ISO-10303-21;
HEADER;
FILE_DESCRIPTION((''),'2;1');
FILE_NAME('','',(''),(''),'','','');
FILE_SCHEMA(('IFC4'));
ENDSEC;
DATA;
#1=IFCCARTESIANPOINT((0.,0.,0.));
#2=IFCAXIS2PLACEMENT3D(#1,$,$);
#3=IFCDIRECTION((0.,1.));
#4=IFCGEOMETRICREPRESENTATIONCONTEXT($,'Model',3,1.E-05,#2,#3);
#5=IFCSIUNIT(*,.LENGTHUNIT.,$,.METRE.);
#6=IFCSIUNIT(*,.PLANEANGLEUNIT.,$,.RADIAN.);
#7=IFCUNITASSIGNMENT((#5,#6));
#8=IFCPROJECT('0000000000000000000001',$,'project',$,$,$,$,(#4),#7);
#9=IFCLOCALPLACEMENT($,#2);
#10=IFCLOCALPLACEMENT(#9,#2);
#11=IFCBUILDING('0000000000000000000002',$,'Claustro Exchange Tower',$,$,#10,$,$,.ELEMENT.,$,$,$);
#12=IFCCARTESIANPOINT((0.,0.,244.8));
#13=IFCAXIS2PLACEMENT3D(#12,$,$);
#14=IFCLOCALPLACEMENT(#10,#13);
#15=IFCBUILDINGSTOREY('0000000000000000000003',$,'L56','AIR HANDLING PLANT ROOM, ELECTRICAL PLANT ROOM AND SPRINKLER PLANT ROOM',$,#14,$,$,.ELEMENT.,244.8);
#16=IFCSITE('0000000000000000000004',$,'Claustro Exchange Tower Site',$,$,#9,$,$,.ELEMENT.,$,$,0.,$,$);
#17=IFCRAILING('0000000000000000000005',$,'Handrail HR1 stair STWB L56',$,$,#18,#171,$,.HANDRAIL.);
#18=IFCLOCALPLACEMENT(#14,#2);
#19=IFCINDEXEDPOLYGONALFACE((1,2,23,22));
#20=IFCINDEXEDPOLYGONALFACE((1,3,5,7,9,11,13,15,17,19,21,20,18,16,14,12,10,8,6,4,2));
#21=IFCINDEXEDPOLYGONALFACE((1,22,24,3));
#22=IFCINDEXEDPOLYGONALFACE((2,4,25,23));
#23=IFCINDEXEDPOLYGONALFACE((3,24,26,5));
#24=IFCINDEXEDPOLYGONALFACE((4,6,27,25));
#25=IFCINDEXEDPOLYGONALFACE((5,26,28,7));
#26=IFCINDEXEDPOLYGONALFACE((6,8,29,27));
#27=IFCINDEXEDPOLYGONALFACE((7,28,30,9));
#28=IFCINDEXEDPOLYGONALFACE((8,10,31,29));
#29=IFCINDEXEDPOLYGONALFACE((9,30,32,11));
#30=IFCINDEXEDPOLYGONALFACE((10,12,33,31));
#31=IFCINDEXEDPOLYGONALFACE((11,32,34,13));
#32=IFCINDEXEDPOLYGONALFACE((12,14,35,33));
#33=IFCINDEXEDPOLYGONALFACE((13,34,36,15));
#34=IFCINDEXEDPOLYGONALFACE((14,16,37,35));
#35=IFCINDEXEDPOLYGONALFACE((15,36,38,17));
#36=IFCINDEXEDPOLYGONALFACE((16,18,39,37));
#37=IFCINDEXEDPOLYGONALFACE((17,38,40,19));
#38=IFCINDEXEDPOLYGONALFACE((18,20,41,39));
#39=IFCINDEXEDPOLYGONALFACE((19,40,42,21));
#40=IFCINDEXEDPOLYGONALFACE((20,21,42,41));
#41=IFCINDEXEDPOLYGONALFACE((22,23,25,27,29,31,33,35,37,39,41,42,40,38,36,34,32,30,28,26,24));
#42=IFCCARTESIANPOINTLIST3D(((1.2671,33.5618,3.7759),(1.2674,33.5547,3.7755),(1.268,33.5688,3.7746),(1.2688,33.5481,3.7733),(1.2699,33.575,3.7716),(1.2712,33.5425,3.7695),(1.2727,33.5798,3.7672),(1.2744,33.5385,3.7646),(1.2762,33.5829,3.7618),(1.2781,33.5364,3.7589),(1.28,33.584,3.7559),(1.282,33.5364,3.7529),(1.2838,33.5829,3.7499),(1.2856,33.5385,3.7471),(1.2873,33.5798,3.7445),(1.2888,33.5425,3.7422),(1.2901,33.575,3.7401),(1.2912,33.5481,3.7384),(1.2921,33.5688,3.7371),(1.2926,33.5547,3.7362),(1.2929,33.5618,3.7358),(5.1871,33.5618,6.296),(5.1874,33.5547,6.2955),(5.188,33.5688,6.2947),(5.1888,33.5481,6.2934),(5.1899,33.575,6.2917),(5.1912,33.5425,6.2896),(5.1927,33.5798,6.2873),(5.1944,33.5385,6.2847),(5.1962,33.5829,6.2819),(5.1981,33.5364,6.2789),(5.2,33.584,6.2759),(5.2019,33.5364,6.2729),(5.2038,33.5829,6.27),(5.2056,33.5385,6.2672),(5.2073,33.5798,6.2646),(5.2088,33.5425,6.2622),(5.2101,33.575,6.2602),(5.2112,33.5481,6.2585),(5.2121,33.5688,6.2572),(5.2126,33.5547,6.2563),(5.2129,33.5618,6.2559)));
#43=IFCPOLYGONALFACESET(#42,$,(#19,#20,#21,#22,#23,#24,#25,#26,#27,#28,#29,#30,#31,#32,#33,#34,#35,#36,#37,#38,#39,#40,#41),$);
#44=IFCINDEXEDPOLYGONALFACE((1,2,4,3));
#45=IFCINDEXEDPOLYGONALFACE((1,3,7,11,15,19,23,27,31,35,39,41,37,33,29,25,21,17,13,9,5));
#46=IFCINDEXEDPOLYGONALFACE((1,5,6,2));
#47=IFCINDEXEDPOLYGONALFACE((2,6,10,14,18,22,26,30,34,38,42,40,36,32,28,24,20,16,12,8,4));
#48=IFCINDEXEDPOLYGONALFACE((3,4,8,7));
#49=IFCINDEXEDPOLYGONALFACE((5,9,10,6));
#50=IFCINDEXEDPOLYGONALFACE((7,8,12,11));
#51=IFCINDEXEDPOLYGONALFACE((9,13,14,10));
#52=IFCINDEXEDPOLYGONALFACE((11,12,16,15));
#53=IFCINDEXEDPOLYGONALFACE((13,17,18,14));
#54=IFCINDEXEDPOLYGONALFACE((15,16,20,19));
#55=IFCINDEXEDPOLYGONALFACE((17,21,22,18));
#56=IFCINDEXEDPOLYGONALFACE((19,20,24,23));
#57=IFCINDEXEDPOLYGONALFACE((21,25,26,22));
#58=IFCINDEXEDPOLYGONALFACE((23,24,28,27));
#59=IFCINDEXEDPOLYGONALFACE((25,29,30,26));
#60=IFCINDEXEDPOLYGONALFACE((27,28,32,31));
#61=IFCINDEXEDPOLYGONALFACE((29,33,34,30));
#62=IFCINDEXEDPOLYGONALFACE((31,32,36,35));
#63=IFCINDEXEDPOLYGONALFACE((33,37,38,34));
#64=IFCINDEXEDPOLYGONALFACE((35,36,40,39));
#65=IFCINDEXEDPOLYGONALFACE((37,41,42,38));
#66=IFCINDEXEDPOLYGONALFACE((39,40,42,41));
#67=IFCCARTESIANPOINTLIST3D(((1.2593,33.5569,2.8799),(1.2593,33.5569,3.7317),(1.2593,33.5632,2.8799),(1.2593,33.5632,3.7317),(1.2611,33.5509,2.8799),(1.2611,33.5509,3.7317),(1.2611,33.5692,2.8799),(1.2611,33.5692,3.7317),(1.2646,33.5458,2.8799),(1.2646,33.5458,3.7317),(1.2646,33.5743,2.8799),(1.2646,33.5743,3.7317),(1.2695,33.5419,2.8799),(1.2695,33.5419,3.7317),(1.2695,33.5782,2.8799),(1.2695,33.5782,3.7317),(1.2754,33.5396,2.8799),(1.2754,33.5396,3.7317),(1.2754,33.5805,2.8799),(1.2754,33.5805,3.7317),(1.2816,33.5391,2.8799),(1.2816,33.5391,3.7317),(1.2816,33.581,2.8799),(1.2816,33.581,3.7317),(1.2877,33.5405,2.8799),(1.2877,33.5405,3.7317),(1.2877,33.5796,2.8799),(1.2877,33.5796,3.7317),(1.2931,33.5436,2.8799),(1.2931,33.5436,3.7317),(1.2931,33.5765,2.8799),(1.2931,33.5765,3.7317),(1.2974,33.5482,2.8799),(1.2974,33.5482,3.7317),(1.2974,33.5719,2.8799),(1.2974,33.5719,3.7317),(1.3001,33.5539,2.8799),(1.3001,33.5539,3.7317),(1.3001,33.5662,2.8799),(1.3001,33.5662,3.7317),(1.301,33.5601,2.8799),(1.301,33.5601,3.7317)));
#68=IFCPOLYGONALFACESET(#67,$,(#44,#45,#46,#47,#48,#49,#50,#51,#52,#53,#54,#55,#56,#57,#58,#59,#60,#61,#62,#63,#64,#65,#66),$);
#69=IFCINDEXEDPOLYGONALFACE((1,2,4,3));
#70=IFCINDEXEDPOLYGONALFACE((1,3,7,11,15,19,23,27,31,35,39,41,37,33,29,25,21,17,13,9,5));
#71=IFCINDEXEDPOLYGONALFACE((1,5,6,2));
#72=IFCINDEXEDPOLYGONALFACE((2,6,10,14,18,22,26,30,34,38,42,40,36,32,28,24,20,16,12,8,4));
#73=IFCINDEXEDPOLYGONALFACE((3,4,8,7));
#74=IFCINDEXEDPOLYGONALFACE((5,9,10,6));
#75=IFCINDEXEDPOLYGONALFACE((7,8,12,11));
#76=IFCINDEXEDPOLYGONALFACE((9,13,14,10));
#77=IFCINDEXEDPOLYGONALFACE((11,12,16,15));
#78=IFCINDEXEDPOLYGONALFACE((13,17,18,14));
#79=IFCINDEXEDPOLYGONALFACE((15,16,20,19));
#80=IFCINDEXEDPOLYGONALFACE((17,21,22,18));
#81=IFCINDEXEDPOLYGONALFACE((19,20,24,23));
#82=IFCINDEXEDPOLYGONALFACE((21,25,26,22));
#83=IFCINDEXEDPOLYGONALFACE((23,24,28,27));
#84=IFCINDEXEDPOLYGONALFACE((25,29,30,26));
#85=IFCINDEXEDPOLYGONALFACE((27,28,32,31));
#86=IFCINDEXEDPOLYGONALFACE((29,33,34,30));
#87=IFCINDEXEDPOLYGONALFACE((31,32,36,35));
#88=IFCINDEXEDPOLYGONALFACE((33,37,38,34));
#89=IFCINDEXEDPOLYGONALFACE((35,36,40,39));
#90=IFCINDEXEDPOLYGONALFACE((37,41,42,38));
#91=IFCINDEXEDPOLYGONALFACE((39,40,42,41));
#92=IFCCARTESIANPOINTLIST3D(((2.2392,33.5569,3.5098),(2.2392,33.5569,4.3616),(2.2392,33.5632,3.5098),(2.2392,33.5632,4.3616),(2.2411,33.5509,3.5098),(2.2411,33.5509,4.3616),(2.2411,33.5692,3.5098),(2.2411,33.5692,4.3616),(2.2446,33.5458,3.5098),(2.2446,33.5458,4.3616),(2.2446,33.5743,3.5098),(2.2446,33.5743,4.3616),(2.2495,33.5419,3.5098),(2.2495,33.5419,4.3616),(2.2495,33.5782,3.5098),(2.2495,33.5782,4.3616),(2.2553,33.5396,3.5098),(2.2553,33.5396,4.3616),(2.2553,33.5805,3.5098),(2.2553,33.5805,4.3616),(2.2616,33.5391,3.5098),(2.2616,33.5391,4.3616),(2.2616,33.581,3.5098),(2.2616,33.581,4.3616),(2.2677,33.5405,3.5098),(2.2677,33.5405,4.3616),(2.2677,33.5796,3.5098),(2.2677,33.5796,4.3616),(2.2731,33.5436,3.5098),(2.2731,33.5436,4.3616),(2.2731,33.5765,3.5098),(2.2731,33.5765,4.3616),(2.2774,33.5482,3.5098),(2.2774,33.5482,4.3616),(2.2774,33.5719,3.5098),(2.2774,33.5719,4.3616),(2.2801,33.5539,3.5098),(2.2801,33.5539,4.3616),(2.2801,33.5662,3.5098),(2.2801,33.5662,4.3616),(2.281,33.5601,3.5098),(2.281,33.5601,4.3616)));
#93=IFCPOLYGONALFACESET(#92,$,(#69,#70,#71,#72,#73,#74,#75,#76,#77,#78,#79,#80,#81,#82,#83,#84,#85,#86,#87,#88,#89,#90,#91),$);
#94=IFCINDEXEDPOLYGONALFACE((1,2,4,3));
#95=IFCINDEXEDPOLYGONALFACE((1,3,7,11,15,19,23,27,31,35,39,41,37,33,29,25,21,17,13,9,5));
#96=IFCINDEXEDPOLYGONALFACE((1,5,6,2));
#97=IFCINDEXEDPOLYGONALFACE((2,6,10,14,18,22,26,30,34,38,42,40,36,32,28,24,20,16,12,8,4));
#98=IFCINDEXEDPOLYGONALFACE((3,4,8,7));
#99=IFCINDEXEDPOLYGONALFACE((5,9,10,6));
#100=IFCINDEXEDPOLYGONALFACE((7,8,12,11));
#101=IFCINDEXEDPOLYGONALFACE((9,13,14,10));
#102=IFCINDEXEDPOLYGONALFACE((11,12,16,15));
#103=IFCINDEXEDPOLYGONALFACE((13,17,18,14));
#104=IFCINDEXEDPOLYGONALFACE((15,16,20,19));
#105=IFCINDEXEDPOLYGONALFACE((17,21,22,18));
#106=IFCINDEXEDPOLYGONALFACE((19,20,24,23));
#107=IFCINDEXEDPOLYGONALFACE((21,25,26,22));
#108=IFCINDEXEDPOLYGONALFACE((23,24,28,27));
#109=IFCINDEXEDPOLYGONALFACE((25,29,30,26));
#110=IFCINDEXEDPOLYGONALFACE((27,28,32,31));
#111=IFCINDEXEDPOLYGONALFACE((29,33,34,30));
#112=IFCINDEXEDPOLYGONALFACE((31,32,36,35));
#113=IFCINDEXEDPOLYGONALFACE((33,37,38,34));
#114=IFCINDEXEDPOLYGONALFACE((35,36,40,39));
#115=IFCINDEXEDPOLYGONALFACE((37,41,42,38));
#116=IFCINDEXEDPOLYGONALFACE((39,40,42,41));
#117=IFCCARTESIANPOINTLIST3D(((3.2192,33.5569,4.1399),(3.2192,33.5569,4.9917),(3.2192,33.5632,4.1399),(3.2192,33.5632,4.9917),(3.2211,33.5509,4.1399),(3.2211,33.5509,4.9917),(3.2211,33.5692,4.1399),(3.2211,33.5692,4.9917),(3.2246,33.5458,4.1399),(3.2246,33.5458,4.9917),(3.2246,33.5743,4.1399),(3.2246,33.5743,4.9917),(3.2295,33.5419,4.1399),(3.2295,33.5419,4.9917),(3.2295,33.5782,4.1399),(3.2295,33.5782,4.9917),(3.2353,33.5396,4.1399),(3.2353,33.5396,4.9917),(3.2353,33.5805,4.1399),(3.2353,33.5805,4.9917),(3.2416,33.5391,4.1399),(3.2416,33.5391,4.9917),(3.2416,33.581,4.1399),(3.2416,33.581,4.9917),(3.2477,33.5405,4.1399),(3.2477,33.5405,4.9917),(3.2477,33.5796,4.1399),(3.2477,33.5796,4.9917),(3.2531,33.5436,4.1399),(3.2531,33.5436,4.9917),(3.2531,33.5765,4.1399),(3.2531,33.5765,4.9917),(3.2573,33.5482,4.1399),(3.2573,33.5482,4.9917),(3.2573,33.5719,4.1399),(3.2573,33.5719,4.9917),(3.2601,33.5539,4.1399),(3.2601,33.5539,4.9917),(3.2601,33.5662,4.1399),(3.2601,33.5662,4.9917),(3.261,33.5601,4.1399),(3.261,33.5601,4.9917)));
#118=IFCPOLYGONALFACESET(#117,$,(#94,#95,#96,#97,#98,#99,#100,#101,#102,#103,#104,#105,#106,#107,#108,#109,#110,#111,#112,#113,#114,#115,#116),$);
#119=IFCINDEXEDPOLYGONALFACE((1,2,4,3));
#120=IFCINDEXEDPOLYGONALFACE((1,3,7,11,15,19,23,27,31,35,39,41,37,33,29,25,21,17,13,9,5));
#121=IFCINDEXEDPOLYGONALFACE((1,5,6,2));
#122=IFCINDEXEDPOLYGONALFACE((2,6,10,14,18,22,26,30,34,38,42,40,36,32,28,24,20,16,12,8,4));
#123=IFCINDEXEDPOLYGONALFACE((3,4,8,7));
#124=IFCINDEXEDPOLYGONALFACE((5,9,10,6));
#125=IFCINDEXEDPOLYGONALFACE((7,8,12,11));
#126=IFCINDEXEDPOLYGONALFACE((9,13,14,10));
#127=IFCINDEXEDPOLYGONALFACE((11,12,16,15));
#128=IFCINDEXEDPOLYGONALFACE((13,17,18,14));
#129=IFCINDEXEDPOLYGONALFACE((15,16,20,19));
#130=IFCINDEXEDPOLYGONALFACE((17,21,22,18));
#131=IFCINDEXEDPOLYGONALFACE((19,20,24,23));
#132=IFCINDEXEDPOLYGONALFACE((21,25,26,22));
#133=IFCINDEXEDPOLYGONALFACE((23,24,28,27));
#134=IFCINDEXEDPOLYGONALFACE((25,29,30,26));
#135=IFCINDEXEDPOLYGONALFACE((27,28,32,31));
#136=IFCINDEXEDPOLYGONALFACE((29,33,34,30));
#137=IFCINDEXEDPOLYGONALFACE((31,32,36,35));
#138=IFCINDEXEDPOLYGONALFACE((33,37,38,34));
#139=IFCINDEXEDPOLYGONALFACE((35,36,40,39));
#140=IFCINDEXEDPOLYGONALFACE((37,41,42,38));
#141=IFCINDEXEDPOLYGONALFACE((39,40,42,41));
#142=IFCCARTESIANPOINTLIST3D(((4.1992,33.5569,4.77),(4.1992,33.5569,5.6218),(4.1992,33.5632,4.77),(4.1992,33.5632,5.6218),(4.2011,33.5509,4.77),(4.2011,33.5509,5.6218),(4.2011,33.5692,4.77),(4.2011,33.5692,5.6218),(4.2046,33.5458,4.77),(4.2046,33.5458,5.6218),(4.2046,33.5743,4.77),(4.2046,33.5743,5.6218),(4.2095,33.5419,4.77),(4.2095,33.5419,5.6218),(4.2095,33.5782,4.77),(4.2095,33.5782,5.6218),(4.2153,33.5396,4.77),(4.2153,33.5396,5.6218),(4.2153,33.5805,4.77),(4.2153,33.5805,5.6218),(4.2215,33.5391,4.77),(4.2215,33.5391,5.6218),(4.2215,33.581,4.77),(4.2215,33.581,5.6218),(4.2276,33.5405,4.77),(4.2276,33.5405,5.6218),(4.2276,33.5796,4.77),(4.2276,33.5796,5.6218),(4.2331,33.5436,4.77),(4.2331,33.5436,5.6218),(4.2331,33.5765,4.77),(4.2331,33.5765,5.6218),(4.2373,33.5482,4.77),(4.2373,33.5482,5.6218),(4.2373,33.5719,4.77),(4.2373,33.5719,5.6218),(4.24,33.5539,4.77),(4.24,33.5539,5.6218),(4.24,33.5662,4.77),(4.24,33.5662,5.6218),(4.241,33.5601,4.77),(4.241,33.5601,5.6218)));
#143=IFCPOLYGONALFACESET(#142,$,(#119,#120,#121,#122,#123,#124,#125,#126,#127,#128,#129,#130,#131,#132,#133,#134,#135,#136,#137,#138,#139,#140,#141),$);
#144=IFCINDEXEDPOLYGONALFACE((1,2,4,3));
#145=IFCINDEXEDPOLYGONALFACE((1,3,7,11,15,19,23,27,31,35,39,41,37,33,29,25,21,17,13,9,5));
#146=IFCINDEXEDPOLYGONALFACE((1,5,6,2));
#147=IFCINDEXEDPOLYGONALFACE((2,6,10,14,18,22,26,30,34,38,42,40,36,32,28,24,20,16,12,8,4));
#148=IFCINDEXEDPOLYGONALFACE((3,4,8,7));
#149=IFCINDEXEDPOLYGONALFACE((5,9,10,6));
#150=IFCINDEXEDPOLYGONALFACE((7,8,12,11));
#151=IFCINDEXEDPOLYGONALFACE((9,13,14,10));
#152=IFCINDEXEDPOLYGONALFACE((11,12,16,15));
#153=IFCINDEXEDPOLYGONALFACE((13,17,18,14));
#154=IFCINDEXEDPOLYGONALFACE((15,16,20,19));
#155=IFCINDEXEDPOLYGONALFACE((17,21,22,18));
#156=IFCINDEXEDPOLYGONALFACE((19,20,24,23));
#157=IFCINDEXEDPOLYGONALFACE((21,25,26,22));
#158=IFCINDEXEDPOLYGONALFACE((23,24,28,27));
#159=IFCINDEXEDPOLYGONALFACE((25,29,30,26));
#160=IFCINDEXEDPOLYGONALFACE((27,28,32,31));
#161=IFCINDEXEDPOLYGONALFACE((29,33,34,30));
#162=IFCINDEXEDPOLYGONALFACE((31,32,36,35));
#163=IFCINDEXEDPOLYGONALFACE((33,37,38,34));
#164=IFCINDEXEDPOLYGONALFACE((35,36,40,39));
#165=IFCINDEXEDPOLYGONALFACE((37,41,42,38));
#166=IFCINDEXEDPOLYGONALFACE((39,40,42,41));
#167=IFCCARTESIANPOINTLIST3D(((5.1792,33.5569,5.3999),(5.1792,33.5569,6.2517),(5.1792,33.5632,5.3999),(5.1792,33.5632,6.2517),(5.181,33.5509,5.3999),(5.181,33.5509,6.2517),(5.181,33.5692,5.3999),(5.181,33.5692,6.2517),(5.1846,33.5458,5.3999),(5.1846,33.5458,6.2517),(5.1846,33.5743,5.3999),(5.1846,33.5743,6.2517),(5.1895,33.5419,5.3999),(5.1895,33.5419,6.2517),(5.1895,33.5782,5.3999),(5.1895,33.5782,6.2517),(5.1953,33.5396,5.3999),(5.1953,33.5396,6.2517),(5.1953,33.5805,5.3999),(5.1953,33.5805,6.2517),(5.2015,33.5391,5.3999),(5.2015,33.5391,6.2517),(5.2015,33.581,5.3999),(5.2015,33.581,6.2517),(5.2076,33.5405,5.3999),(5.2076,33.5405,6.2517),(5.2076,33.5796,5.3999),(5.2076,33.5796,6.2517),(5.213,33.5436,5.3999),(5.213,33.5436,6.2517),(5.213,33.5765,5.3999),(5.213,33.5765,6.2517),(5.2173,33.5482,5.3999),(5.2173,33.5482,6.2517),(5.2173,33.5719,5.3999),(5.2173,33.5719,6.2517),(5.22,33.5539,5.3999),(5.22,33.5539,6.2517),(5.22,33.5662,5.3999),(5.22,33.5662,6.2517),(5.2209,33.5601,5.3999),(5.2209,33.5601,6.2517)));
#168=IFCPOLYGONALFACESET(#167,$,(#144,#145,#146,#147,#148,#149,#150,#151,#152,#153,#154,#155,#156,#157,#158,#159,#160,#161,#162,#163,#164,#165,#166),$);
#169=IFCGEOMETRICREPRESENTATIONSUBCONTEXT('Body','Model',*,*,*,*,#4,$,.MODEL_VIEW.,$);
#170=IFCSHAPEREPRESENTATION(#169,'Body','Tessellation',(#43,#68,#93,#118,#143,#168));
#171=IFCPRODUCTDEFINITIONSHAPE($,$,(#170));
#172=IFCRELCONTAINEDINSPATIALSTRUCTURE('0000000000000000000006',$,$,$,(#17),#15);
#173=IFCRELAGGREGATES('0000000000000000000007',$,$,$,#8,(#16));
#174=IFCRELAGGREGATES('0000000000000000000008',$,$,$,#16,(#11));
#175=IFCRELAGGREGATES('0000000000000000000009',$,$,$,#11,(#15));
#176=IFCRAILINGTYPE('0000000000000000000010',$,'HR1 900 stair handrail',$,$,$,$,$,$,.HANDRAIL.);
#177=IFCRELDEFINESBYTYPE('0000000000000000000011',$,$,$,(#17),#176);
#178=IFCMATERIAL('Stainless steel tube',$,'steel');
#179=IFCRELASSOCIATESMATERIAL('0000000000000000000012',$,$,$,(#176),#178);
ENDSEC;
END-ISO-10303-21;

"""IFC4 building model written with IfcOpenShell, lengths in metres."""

from ifc_helpers import new_model, si_unit, direction, frame, origin, origin_2d, place, context, subcontext, project, spatial, circle, extrude, material, type_object, element, save


model = new_model("IFC4")

# Units and contexts
model_context = context("Model", 3, precision=1e-05, world=origin(), true_north=direction((0.0, 1.0)))
body_context = subcontext(model_context, "Body", "Model", "MODEL_VIEW")
ifc_project = project(units=[si_unit("LENGTHUNIT", "METRE"), si_unit("PLANEANGLEUNIT", "RADIAN")], contexts=[model_context])

# Site, building, storey
site_placement = place(None, origin())
site = spatial("IfcSite", under=ifc_project, at=site_placement, Name="Claustro Exchange Tower Site", CompositionType="ELEMENT", RefElevation=0.0)
building_placement = place(site_placement, origin())
building = spatial("IfcBuilding", under=site, at=building_placement, Name="Claustro Exchange Tower", CompositionType="ELEMENT")
storey_placement = place(building_placement, frame((0.0, 0.0, 244.8)))
storey = spatial("IfcBuildingStorey", under=building, at=storey_placement, Name="L56", Description="AIR HANDLING PLANT ROOM, ELECTRICAL PLANT ROOM AND SPRINKLER PLANT ROOM", CompositionType="ELEMENT", Elevation=244.8)

# Railing
ifc_material_1 = material(Name="Stainless steel tube", Category="steel")
railing_type_1 = type_object("IfcRailingType", Name="HR1 900 stair handrail", PredefinedType="HANDRAIL", material=ifc_material_1)
railing_1_placement = place(storey_placement, frame((1.28, 33.5601, 2.8799)))
element("IfcRailing", 1, at=railing_1_placement, inside=storey, type_object=railing_type_1, Name="Handrail HR1 stair STWB L56", PredefinedType="HANDRAIL", context=body_context, shape_type="SweptSolid", body=[
    extrude(circle(Radius=0.0239, at=origin_2d()), frame((0.0, 0.0, 0.876), z_axis=(0.841172, 0.0, 0.540768), x_axis=(0.0, 1.0, 0.0)), (0.0, 0.0, 1.0), 4.6602),
    extrude(circle(Radius=0.021, at=origin_2d()), origin(), (0.0, 0.0, 1.0), 0.8518),
    extrude(circle(Radius=0.021, at=origin_2d()), frame((0.98, 0.0, 0.6299)), (0.0, 0.0, 1.0), 0.8518),
    extrude(circle(Radius=0.021, at=origin_2d()), frame((1.96, 0.0, 1.26)), (0.0, 0.0, 1.0), 0.8518),
    extrude(circle(Radius=0.021, at=origin_2d()), frame((2.9399, 0.0, 1.8901)), (0.0, 0.0, 1.0), 0.8518),
    extrude(circle(Radius=0.021, at=origin_2d()), frame((3.9199, 0.0, 2.52)), (0.0, 0.0, 1.0), 0.8518),
])

save(model, "model.ifc")
